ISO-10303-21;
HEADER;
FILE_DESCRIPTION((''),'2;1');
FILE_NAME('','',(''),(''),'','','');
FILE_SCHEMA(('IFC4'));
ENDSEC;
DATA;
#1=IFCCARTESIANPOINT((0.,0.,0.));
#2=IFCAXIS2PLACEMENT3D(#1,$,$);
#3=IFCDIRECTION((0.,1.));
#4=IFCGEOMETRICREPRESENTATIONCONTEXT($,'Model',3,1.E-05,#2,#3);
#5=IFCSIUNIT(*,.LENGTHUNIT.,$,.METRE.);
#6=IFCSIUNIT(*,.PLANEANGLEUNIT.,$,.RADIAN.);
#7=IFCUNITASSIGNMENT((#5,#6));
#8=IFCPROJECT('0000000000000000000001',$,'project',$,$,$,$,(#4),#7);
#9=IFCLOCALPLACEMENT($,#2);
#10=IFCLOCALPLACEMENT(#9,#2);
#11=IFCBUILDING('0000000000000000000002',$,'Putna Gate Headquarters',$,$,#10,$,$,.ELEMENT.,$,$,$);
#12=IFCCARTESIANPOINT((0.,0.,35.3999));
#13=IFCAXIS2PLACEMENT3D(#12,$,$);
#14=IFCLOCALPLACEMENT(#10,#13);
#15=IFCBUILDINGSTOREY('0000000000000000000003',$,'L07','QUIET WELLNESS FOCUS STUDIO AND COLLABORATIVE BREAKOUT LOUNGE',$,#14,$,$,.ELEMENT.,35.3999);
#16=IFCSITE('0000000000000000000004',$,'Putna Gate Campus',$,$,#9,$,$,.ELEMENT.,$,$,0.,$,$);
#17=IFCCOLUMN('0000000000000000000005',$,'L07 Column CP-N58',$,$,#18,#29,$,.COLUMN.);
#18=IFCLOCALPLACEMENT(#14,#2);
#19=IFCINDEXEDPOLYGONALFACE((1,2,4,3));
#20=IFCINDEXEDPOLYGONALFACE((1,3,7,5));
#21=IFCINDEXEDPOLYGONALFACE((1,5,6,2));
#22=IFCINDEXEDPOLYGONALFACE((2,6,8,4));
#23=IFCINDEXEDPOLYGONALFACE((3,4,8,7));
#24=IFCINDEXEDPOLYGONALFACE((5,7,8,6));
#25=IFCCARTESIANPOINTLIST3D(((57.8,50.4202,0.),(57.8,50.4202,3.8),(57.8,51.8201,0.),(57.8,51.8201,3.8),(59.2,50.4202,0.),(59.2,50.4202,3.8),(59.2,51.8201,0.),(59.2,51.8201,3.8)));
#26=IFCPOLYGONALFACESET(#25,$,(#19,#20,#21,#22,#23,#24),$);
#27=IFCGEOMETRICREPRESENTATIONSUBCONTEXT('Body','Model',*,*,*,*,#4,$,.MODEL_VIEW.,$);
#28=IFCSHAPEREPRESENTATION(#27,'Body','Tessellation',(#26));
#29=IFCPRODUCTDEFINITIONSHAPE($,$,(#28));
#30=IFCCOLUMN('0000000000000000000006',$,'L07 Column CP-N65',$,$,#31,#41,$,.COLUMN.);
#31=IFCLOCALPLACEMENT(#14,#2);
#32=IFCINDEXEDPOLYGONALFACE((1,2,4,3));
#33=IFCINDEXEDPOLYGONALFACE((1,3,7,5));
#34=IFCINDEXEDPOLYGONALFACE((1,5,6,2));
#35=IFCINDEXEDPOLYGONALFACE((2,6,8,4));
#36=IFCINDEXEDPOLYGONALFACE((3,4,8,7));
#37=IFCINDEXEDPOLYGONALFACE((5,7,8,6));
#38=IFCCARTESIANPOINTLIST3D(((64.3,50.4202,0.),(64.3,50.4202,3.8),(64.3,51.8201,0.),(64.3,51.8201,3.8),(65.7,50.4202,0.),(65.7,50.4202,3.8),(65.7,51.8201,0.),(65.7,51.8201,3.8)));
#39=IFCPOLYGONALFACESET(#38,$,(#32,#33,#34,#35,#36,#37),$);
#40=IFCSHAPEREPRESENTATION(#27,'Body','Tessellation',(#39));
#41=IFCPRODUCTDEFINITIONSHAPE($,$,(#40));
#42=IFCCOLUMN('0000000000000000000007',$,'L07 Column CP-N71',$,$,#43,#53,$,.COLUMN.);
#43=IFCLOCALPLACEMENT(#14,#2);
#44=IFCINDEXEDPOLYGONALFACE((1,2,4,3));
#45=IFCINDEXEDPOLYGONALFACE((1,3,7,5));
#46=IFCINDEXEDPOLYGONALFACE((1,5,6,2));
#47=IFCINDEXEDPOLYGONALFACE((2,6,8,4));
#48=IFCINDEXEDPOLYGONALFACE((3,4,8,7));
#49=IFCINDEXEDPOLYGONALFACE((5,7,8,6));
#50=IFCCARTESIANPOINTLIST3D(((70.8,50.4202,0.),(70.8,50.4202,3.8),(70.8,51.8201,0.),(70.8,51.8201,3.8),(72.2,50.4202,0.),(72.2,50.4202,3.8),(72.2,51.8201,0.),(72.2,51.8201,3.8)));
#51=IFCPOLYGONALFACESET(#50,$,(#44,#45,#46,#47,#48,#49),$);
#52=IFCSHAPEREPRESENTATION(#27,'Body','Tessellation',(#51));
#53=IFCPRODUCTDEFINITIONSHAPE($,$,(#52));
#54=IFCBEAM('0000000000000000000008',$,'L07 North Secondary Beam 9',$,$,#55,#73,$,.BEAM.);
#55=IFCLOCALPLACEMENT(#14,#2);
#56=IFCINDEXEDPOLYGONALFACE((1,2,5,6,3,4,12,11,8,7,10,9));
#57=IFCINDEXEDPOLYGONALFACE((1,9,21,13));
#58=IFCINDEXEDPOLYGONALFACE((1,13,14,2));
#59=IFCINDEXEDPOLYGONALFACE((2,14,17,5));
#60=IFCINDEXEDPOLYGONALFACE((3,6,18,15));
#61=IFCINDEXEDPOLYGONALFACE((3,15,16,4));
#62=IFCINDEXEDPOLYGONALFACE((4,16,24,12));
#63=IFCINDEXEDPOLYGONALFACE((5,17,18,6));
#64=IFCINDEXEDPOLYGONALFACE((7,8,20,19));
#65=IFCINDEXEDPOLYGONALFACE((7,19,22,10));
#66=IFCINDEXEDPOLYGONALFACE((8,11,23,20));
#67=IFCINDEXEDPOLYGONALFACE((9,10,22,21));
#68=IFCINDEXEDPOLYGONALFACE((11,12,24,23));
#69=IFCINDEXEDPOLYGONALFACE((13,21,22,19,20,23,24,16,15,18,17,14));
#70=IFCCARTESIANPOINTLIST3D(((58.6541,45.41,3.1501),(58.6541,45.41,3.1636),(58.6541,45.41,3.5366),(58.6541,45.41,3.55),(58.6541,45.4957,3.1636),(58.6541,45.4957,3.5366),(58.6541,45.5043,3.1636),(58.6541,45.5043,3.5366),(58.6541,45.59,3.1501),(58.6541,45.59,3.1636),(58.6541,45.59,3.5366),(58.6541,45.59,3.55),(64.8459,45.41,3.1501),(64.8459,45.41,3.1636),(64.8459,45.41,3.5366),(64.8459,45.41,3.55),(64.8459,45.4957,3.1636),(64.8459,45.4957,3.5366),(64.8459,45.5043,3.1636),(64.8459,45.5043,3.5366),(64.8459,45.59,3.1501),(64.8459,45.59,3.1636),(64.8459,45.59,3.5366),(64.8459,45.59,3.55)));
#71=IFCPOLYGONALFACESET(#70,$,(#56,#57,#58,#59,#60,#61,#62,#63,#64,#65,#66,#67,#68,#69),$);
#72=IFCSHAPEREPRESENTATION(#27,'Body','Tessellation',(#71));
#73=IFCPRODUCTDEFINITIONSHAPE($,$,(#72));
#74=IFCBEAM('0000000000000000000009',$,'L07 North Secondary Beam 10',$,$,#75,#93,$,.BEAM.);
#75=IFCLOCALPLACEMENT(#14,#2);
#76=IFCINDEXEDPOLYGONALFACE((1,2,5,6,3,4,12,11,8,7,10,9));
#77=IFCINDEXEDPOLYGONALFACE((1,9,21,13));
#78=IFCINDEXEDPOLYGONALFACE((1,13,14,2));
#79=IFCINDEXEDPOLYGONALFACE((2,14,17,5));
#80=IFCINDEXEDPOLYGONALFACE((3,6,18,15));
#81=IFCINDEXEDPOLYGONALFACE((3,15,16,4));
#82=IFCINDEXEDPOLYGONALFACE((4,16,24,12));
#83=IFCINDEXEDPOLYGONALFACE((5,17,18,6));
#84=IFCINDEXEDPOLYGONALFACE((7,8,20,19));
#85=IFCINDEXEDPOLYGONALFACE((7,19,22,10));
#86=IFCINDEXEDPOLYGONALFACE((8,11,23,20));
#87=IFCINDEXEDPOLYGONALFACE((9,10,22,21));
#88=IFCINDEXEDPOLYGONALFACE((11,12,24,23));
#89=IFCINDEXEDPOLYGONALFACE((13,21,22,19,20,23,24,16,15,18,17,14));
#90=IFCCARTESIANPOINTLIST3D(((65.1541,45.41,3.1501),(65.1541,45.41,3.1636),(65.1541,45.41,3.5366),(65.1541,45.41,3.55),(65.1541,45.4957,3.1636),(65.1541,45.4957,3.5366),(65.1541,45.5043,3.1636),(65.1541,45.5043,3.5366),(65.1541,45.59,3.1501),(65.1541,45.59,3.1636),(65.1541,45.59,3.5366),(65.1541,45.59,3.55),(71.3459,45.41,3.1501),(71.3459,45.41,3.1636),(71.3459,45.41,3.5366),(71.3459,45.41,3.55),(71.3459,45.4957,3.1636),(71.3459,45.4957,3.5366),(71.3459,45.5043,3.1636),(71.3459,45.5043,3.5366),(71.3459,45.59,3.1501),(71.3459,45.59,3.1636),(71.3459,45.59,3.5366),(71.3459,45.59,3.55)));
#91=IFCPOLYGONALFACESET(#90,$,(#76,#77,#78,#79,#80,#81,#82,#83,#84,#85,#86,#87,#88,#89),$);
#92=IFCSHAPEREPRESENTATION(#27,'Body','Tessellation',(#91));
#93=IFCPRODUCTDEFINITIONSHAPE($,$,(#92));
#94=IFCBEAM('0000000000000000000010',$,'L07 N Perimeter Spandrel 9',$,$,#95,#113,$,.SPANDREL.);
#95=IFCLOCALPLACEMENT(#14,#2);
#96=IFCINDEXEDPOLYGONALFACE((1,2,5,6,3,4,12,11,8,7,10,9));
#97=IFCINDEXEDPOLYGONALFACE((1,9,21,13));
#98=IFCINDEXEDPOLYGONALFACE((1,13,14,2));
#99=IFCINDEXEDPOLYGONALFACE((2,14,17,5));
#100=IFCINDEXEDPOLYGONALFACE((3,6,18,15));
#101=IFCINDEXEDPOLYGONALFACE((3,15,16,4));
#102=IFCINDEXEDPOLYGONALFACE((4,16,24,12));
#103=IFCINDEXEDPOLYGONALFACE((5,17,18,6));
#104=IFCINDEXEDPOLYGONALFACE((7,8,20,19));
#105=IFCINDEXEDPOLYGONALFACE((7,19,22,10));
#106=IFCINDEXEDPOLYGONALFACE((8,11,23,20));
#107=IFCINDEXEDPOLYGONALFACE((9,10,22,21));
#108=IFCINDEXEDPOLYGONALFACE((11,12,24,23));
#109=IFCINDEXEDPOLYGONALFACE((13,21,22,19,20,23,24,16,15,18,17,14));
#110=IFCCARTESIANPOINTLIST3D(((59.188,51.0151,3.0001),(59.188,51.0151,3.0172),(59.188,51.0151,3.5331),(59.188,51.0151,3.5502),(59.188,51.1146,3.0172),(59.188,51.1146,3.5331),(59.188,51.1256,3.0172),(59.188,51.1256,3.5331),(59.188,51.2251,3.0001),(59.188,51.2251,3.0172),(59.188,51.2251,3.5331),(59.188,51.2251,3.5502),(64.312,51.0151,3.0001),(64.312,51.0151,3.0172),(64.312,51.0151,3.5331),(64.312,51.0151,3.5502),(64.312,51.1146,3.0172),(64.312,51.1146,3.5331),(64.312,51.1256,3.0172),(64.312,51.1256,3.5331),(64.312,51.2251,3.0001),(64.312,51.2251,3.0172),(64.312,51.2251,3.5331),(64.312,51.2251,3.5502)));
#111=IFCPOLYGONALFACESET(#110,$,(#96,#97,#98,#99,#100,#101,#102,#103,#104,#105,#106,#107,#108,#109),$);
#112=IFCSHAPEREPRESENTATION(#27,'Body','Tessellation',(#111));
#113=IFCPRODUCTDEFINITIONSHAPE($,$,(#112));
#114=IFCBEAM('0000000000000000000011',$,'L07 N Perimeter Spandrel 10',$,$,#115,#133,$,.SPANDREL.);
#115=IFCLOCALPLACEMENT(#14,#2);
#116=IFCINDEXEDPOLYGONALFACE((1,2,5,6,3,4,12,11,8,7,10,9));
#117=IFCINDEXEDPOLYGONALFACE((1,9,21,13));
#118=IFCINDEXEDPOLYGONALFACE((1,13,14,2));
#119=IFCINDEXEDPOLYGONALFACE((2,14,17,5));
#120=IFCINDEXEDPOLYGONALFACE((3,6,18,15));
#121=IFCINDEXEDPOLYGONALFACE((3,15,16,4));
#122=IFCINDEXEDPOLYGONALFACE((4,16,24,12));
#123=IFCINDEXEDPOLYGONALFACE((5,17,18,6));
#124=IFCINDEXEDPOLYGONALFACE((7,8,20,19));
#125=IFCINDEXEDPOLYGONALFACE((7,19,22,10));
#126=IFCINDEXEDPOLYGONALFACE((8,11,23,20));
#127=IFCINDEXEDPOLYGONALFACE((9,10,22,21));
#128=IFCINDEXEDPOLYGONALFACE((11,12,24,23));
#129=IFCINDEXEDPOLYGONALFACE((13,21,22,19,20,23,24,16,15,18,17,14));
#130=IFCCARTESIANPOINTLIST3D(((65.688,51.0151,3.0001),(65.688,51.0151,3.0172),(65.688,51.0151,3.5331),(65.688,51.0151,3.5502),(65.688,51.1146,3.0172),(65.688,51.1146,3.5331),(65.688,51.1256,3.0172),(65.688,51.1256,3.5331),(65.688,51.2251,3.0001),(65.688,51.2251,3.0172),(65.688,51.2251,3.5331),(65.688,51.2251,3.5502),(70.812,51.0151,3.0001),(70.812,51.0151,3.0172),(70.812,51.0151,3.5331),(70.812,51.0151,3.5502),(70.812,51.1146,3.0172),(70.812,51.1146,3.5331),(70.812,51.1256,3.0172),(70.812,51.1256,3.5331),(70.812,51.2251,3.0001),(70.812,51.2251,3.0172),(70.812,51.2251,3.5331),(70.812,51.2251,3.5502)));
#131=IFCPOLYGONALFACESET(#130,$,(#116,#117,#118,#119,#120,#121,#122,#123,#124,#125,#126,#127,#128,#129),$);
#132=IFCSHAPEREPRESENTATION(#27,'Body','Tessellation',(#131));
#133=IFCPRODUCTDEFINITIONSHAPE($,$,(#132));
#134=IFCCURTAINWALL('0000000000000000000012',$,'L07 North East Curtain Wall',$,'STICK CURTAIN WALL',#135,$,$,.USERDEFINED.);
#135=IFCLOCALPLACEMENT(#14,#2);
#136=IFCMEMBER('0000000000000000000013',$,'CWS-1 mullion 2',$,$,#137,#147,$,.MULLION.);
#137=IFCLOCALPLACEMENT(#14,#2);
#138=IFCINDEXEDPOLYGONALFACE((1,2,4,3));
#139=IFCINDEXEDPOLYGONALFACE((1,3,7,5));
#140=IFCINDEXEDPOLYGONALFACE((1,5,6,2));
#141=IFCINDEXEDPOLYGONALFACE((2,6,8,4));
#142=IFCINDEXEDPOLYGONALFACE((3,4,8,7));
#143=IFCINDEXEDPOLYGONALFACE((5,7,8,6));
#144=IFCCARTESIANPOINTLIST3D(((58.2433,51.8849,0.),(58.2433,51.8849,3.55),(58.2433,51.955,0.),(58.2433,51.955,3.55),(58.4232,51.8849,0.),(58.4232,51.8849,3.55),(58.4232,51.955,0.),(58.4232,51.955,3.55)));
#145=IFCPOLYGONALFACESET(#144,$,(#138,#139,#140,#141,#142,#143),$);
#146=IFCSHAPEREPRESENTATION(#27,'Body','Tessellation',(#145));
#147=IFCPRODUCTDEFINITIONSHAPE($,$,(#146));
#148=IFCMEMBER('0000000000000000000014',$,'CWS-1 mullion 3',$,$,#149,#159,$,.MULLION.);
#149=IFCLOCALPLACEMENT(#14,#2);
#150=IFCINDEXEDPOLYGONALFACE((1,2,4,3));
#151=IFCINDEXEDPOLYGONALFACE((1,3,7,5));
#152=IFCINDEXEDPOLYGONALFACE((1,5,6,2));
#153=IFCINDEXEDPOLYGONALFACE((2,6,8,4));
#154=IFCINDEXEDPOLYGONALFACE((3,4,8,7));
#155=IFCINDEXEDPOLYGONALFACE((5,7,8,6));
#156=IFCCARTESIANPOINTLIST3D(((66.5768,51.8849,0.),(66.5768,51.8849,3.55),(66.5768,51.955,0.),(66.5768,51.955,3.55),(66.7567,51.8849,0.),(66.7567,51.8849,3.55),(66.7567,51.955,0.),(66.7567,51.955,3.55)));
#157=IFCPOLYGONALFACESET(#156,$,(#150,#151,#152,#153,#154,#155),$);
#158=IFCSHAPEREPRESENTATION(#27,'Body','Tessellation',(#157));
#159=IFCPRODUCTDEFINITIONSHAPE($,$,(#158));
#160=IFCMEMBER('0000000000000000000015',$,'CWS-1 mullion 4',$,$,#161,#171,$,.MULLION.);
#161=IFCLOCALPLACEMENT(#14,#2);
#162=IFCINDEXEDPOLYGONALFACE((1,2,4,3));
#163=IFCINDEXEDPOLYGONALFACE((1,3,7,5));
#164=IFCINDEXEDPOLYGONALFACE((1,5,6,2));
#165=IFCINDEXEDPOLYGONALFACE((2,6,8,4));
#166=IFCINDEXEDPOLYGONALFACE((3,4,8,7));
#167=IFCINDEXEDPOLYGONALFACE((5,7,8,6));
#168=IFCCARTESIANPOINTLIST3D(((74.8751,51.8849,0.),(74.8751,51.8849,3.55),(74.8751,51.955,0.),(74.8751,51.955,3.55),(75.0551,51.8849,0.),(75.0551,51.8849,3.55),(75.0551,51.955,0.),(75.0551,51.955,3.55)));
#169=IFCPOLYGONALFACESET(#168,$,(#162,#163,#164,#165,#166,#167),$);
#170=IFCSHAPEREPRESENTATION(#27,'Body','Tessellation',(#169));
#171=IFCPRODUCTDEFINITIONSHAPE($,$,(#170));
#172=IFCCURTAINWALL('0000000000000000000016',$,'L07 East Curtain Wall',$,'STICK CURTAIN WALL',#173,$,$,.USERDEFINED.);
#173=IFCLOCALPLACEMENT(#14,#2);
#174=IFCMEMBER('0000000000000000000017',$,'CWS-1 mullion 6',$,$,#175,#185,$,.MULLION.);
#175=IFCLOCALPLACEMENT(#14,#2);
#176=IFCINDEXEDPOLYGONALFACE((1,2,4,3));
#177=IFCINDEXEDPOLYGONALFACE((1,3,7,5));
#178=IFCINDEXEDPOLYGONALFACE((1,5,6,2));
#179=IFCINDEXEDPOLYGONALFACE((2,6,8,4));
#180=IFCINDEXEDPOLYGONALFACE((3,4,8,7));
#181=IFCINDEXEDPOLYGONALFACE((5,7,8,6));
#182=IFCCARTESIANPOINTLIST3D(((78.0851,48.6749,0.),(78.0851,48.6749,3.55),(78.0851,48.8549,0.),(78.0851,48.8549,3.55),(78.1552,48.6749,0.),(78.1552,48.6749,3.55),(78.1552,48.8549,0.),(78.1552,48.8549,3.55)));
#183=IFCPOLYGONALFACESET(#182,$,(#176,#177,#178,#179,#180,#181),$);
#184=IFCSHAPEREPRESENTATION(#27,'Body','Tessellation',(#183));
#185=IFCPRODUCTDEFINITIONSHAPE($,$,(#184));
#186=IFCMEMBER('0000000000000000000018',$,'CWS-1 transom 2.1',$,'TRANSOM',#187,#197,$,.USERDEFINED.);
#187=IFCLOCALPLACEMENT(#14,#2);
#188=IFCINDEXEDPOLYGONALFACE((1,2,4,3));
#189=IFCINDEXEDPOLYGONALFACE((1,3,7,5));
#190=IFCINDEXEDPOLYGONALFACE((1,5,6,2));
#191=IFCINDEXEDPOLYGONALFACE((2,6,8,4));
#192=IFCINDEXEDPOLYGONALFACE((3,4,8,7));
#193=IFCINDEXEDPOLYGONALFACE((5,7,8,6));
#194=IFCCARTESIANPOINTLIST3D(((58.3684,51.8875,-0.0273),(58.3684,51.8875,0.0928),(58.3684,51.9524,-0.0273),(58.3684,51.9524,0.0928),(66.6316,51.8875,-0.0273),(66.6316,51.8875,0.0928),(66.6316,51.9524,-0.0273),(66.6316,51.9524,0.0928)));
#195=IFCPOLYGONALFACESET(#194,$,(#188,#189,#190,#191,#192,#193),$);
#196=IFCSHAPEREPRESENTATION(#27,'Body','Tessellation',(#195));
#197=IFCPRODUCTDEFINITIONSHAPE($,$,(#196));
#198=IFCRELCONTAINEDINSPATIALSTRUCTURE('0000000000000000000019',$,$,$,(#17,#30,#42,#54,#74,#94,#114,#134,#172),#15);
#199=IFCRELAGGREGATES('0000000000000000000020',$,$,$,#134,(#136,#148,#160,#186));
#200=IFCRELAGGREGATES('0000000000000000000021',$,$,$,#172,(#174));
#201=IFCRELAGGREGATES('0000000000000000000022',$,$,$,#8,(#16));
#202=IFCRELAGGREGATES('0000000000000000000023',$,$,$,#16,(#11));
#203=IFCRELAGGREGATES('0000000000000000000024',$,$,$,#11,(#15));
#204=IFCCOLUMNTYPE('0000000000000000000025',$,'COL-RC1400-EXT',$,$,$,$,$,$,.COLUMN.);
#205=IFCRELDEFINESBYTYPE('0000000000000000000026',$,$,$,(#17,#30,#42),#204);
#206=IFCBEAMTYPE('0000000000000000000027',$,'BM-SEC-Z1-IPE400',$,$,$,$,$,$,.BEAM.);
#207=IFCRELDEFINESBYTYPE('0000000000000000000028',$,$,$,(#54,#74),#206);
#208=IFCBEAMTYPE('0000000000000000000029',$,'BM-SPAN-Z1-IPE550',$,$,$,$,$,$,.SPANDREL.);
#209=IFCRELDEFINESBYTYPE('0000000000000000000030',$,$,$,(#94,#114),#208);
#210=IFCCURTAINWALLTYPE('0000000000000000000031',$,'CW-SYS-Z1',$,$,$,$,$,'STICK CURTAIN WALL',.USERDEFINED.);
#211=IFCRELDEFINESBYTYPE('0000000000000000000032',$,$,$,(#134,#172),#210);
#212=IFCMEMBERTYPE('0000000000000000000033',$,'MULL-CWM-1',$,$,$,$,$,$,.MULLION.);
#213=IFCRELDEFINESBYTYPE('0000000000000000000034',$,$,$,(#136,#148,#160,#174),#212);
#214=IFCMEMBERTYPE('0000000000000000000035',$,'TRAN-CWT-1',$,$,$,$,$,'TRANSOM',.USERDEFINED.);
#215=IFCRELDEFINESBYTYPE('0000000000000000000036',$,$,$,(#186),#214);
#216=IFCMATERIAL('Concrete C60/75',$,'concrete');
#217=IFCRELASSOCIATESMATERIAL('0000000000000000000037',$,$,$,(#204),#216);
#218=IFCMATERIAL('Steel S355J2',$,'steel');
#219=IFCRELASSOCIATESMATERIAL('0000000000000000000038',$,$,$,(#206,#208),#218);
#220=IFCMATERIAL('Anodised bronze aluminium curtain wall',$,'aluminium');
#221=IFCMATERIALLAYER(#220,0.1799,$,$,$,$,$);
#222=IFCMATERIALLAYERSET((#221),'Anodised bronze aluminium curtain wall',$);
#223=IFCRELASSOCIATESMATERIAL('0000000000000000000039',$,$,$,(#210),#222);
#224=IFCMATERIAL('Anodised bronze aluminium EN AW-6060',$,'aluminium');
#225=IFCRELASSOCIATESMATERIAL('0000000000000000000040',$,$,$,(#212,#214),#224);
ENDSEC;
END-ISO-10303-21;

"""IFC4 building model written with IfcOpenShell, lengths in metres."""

from ifc_helpers import new_model, si_unit, direction, frame, origin, origin_2d, place, context, subcontext, project, spatial, rectangle, i_section, extrude, material, layer, layer_set, material_profile, profile_set, type_object, element, aggregate, save


model = new_model("IFC4")

# Units and contexts
model_context = context("Model", 3, precision=1e-05, world=origin(), true_north=direction((0.0, 1.0)))
body_context = subcontext(model_context, "Body", "Model", "MODEL_VIEW")
ifc_project = project(units=[si_unit("LENGTHUNIT", "METRE"), si_unit("PLANEANGLEUNIT", "RADIAN")], contexts=[model_context])

# Site, building, storey
site_placement = place(None, origin())
site = spatial("IfcSite", under=ifc_project, at=site_placement, Name="Putna Gate Campus", CompositionType="ELEMENT", RefElevation=0.0)
building_placement = place(site_placement, origin())
building = spatial("IfcBuilding", under=site, at=building_placement, Name="Putna Gate Headquarters", CompositionType="ELEMENT")
storey_placement = place(building_placement, frame((0.0, 0.0, 35.3999)))
storey = spatial("IfcBuildingStorey", under=building, at=storey_placement, Name="L07", Description="QUIET WELLNESS FOCUS STUDIO AND COLLABORATIVE BREAKOUT LOUNGE", CompositionType="ELEMENT", Elevation=35.3999)

# Columns
ifc_material_1 = material(Name="Concrete C60/75", Category="concrete")
ifc_material_profile_1 = material_profile(ifc_material_1, rectangle(XDim=1.3999, YDim=1.3999, at=origin_2d()), Name="Concrete C60/75")
ifc_profile_set_1 = profile_set([ifc_material_profile_1], Name="Concrete C60/75")
column_type = type_object("IfcColumnType", Name="COL-RC1400-EXT", PredefinedType="COLUMN", material=ifc_profile_set_1)
for number, where, z_axis, x_axis, name in (
    (1, (58.5, 51.1201, 0.0), (0.0, 0.0, 1.0), (1.0, 0.0, 0.0), "L07 Column CP-N58"),
    (2, (65.0, 51.1201, 0.0), (0.0, 0.0, 1.0), (1.0, 0.0, 0.0), "L07 Column CP-N65"),
    (3, (71.5, 51.1201, 0.0), (0.0, 0.0, 1.0), (1.0, 0.0, 0.0), "L07 Column CP-N71"),
):
    element("IfcColumn", number, at=place(storey_placement, frame(where, z_axis=z_axis, x_axis=x_axis)), inside=storey, type_object=column_type, Name=name, PredefinedType="COLUMN", context=body_context, shape_type="SweptSolid", body=[
        extrude(rectangle(XDim=1.3999, YDim=1.3999, at=origin_2d()), origin(), (0.0, 0.0, 1.0), 3.8),
    ])

# Beams
ifc_material_2 = material(Name="Steel S355J2", Category="steel")
ifc_material_profile_2 = material_profile(ifc_material_2, i_section(OverallWidth=0.1799, OverallDepth=0.3999, WebThickness=0.0085, FlangeThickness=0.0134, at=origin_2d()), Name="Steel S355J2")
ifc_profile_set_2 = profile_set([ifc_material_profile_2], Name="Steel S355J2")
beam_type_1 = type_object("IfcBeamType", Name="BM-SEC-Z1-IPE400", PredefinedType="BEAM", material=ifc_profile_set_2)
for number, where, z_axis, x_axis, name in (
    (4, (58.6541, 45.5, 3.3501), (1.0, 0.0, 0.0), (0.0, 1.0, 0.0), "L07 North Secondary Beam 9"),
    (5, (65.1541, 45.5, 3.3501), (1.0, 0.0, 0.0), (0.0, 1.0, 0.0), "L07 North Secondary Beam 10"),
):
    element("IfcBeam", number, at=place(storey_placement, frame(where, z_axis=z_axis, x_axis=x_axis)), inside=storey, type_object=beam_type_1, Name=name, PredefinedType="BEAM", context=body_context, shape_type="SweptSolid", body=[
        extrude(i_section(OverallWidth=0.1799, OverallDepth=0.3999, WebThickness=0.0085, FlangeThickness=0.0134, at=origin_2d()), origin(), (0.0, 0.0, 1.0), 6.1919),
    ])
ifc_material_profile_3 = material_profile(ifc_material_2, i_section(OverallWidth=0.21, OverallDepth=0.55, WebThickness=0.011, FlangeThickness=0.0171, at=origin_2d()), Name="Steel S355J2")
ifc_profile_set_3 = profile_set([ifc_material_profile_3], Name="Steel S355J2")
beam_type_2 = type_object("IfcBeamType", Name="BM-SPAN-Z1-IPE550", PredefinedType="SPANDREL", material=ifc_profile_set_3)
for number, where, z_axis, x_axis, name in (
    (6, (59.188, 51.1201, 3.2751), (1.0, 0.0, 0.0), (0.0, 1.0, 0.0), "L07 N Perimeter Spandrel 9"),
    (7, (65.688, 51.1201, 3.2751), (1.0, 0.0, 0.0), (0.0, 1.0, 0.0), "L07 N Perimeter Spandrel 10"),
):
    element("IfcBeam", number, at=place(storey_placement, frame(where, z_axis=z_axis, x_axis=x_axis)), inside=storey, type_object=beam_type_2, Name=name, PredefinedType="SPANDREL", context=body_context, shape_type="SweptSolid", body=[
        extrude(i_section(OverallWidth=0.21, OverallDepth=0.55, WebThickness=0.011, FlangeThickness=0.0171, at=origin_2d()), origin(), (0.0, 0.0, 1.0), 5.124),
    ])

# Curtain wall, members
ifc_material_3 = material(Name="Anodised bronze aluminium curtain wall", Category="aluminium")
ifc_layer_1 = layer(ifc_material_3, 0.1799)
ifc_layer_set_1 = layer_set([ifc_layer_1], Name="Anodised bronze aluminium curtain wall")
curtain_wall_type = type_object("IfcCurtainWallType", Name="CW-SYS-Z1", ElementType="STICK CURTAIN WALL", PredefinedType="USERDEFINED", material=ifc_layer_set_1)
curtain_wall_1_placement = place(storey_placement, origin())
curtain_wall_1 = element("IfcCurtainWall", 8, at=curtain_wall_1_placement, inside=storey, type_object=curtain_wall_type, Name="L07 North East Curtain Wall", ObjectType="STICK CURTAIN WALL", PredefinedType="USERDEFINED")
ifc_material_4 = material(Name="Anodised bronze aluminium EN AW-6060", Category="aluminium")
ifc_material_profile_4 = material_profile(ifc_material_4, rectangle(XDim=0.0701, YDim=0.1799, at=origin_2d()), Name="Anodised bronze aluminium EN AW-6060")
ifc_profile_set_4 = profile_set([ifc_material_profile_4], Name="Anodised bronze aluminium EN AW-6060")
member_type_1 = type_object("IfcMemberType", Name="MULL-CWM-1", PredefinedType="MULLION", material=ifc_profile_set_4)
member_1_placement = place(storey_placement, frame((58.3333, 51.9199, 0.0), z_axis=(0.0, 0.0, 1.0), x_axis=(0.0, 1.0, 0.0)))
member_1 = element("IfcMember", 9, at=member_1_placement, type_object=member_type_1, Name="CWS-1 mullion 2", PredefinedType="MULLION", context=body_context, shape_type="SweptSolid", body=[
    extrude(rectangle(XDim=0.0701, YDim=0.1799, at=origin_2d()), origin(), (0.0, 0.0, 1.0), 3.55),
])
member_2_placement = place(storey_placement, frame((66.6667, 51.9199, 0.0), z_axis=(0.0, 0.0, 1.0), x_axis=(0.0, 1.0, 0.0)))
member_2 = element("IfcMember", 10, at=member_2_placement, type_object=member_type_1, Name="CWS-1 mullion 3", PredefinedType="MULLION", context=body_context, shape_type="SweptSolid", body=[
    extrude(rectangle(XDim=0.0701, YDim=0.1799, at=origin_2d()), origin(), (0.0, 0.0, 1.0), 3.55),
])
member_3_placement = place(storey_placement, frame((74.9651, 51.9199, 0.0), z_axis=(0.0, 0.0, 1.0), x_axis=(0.0, 1.0, 0.0)))
member_3 = element("IfcMember", 11, at=member_3_placement, type_object=member_type_1, Name="CWS-1 mullion 4", PredefinedType="MULLION", context=body_context, shape_type="SweptSolid", body=[
    extrude(rectangle(XDim=0.0701, YDim=0.1799, at=origin_2d()), origin(), (0.0, 0.0, 1.0), 3.55),
])

# Curtain wall, member
curtain_wall_2_placement = place(storey_placement, origin())
curtain_wall_2 = element("IfcCurtainWall", 12, at=curtain_wall_2_placement, inside=storey, type_object=curtain_wall_type, Name="L07 East Curtain Wall", ObjectType="STICK CURTAIN WALL", PredefinedType="USERDEFINED")
member_4_placement = place(storey_placement, frame((78.1201, 48.7649, 0.0), z_axis=(0.0, 0.0, 1.0), x_axis=(-1.0, 0.0, 0.0)))
member_4 = element("IfcMember", 13, at=member_4_placement, type_object=member_type_1, Name="CWS-1 mullion 6", PredefinedType="MULLION", context=body_context, shape_type="SweptSolid", body=[
    extrude(rectangle(XDim=0.0701, YDim=0.1799, at=origin_2d()), origin(), (0.0, 0.0, 1.0), 3.55),
])

# Member
ifc_material_profile_5 = material_profile(ifc_material_4, rectangle(XDim=0.0649, YDim=0.1201, at=origin_2d()), Name="Anodised bronze aluminium EN AW-6060")
ifc_profile_set_5 = profile_set([ifc_material_profile_5], Name="Anodised bronze aluminium EN AW-6060")
member_type_2 = type_object("IfcMemberType", Name="TRAN-CWT-1", ElementType="TRANSOM", PredefinedType="USERDEFINED", material=ifc_profile_set_5)
member_5_placement = place(storey_placement, frame((58.3684, 51.9199, 0.0327), z_axis=(1.0, 0.0, 0.0), x_axis=(0.0, 1.0, 0.0)))
member_5 = element("IfcMember", 14, at=member_5_placement, type_object=member_type_2, Name="CWS-1 transom 2.1", ObjectType="TRANSOM", PredefinedType="USERDEFINED", context=body_context, shape_type="SweptSolid", body=[
    extrude(rectangle(XDim=0.0649, YDim=0.1201, at=origin_2d()), origin(), (0.0, 0.0, 1.0), 8.2632),
])

aggregate(curtain_wall_1, [member_1, member_2, member_3, member_5])
aggregate(curtain_wall_2, [member_4])

save(model, "model.ifc")
